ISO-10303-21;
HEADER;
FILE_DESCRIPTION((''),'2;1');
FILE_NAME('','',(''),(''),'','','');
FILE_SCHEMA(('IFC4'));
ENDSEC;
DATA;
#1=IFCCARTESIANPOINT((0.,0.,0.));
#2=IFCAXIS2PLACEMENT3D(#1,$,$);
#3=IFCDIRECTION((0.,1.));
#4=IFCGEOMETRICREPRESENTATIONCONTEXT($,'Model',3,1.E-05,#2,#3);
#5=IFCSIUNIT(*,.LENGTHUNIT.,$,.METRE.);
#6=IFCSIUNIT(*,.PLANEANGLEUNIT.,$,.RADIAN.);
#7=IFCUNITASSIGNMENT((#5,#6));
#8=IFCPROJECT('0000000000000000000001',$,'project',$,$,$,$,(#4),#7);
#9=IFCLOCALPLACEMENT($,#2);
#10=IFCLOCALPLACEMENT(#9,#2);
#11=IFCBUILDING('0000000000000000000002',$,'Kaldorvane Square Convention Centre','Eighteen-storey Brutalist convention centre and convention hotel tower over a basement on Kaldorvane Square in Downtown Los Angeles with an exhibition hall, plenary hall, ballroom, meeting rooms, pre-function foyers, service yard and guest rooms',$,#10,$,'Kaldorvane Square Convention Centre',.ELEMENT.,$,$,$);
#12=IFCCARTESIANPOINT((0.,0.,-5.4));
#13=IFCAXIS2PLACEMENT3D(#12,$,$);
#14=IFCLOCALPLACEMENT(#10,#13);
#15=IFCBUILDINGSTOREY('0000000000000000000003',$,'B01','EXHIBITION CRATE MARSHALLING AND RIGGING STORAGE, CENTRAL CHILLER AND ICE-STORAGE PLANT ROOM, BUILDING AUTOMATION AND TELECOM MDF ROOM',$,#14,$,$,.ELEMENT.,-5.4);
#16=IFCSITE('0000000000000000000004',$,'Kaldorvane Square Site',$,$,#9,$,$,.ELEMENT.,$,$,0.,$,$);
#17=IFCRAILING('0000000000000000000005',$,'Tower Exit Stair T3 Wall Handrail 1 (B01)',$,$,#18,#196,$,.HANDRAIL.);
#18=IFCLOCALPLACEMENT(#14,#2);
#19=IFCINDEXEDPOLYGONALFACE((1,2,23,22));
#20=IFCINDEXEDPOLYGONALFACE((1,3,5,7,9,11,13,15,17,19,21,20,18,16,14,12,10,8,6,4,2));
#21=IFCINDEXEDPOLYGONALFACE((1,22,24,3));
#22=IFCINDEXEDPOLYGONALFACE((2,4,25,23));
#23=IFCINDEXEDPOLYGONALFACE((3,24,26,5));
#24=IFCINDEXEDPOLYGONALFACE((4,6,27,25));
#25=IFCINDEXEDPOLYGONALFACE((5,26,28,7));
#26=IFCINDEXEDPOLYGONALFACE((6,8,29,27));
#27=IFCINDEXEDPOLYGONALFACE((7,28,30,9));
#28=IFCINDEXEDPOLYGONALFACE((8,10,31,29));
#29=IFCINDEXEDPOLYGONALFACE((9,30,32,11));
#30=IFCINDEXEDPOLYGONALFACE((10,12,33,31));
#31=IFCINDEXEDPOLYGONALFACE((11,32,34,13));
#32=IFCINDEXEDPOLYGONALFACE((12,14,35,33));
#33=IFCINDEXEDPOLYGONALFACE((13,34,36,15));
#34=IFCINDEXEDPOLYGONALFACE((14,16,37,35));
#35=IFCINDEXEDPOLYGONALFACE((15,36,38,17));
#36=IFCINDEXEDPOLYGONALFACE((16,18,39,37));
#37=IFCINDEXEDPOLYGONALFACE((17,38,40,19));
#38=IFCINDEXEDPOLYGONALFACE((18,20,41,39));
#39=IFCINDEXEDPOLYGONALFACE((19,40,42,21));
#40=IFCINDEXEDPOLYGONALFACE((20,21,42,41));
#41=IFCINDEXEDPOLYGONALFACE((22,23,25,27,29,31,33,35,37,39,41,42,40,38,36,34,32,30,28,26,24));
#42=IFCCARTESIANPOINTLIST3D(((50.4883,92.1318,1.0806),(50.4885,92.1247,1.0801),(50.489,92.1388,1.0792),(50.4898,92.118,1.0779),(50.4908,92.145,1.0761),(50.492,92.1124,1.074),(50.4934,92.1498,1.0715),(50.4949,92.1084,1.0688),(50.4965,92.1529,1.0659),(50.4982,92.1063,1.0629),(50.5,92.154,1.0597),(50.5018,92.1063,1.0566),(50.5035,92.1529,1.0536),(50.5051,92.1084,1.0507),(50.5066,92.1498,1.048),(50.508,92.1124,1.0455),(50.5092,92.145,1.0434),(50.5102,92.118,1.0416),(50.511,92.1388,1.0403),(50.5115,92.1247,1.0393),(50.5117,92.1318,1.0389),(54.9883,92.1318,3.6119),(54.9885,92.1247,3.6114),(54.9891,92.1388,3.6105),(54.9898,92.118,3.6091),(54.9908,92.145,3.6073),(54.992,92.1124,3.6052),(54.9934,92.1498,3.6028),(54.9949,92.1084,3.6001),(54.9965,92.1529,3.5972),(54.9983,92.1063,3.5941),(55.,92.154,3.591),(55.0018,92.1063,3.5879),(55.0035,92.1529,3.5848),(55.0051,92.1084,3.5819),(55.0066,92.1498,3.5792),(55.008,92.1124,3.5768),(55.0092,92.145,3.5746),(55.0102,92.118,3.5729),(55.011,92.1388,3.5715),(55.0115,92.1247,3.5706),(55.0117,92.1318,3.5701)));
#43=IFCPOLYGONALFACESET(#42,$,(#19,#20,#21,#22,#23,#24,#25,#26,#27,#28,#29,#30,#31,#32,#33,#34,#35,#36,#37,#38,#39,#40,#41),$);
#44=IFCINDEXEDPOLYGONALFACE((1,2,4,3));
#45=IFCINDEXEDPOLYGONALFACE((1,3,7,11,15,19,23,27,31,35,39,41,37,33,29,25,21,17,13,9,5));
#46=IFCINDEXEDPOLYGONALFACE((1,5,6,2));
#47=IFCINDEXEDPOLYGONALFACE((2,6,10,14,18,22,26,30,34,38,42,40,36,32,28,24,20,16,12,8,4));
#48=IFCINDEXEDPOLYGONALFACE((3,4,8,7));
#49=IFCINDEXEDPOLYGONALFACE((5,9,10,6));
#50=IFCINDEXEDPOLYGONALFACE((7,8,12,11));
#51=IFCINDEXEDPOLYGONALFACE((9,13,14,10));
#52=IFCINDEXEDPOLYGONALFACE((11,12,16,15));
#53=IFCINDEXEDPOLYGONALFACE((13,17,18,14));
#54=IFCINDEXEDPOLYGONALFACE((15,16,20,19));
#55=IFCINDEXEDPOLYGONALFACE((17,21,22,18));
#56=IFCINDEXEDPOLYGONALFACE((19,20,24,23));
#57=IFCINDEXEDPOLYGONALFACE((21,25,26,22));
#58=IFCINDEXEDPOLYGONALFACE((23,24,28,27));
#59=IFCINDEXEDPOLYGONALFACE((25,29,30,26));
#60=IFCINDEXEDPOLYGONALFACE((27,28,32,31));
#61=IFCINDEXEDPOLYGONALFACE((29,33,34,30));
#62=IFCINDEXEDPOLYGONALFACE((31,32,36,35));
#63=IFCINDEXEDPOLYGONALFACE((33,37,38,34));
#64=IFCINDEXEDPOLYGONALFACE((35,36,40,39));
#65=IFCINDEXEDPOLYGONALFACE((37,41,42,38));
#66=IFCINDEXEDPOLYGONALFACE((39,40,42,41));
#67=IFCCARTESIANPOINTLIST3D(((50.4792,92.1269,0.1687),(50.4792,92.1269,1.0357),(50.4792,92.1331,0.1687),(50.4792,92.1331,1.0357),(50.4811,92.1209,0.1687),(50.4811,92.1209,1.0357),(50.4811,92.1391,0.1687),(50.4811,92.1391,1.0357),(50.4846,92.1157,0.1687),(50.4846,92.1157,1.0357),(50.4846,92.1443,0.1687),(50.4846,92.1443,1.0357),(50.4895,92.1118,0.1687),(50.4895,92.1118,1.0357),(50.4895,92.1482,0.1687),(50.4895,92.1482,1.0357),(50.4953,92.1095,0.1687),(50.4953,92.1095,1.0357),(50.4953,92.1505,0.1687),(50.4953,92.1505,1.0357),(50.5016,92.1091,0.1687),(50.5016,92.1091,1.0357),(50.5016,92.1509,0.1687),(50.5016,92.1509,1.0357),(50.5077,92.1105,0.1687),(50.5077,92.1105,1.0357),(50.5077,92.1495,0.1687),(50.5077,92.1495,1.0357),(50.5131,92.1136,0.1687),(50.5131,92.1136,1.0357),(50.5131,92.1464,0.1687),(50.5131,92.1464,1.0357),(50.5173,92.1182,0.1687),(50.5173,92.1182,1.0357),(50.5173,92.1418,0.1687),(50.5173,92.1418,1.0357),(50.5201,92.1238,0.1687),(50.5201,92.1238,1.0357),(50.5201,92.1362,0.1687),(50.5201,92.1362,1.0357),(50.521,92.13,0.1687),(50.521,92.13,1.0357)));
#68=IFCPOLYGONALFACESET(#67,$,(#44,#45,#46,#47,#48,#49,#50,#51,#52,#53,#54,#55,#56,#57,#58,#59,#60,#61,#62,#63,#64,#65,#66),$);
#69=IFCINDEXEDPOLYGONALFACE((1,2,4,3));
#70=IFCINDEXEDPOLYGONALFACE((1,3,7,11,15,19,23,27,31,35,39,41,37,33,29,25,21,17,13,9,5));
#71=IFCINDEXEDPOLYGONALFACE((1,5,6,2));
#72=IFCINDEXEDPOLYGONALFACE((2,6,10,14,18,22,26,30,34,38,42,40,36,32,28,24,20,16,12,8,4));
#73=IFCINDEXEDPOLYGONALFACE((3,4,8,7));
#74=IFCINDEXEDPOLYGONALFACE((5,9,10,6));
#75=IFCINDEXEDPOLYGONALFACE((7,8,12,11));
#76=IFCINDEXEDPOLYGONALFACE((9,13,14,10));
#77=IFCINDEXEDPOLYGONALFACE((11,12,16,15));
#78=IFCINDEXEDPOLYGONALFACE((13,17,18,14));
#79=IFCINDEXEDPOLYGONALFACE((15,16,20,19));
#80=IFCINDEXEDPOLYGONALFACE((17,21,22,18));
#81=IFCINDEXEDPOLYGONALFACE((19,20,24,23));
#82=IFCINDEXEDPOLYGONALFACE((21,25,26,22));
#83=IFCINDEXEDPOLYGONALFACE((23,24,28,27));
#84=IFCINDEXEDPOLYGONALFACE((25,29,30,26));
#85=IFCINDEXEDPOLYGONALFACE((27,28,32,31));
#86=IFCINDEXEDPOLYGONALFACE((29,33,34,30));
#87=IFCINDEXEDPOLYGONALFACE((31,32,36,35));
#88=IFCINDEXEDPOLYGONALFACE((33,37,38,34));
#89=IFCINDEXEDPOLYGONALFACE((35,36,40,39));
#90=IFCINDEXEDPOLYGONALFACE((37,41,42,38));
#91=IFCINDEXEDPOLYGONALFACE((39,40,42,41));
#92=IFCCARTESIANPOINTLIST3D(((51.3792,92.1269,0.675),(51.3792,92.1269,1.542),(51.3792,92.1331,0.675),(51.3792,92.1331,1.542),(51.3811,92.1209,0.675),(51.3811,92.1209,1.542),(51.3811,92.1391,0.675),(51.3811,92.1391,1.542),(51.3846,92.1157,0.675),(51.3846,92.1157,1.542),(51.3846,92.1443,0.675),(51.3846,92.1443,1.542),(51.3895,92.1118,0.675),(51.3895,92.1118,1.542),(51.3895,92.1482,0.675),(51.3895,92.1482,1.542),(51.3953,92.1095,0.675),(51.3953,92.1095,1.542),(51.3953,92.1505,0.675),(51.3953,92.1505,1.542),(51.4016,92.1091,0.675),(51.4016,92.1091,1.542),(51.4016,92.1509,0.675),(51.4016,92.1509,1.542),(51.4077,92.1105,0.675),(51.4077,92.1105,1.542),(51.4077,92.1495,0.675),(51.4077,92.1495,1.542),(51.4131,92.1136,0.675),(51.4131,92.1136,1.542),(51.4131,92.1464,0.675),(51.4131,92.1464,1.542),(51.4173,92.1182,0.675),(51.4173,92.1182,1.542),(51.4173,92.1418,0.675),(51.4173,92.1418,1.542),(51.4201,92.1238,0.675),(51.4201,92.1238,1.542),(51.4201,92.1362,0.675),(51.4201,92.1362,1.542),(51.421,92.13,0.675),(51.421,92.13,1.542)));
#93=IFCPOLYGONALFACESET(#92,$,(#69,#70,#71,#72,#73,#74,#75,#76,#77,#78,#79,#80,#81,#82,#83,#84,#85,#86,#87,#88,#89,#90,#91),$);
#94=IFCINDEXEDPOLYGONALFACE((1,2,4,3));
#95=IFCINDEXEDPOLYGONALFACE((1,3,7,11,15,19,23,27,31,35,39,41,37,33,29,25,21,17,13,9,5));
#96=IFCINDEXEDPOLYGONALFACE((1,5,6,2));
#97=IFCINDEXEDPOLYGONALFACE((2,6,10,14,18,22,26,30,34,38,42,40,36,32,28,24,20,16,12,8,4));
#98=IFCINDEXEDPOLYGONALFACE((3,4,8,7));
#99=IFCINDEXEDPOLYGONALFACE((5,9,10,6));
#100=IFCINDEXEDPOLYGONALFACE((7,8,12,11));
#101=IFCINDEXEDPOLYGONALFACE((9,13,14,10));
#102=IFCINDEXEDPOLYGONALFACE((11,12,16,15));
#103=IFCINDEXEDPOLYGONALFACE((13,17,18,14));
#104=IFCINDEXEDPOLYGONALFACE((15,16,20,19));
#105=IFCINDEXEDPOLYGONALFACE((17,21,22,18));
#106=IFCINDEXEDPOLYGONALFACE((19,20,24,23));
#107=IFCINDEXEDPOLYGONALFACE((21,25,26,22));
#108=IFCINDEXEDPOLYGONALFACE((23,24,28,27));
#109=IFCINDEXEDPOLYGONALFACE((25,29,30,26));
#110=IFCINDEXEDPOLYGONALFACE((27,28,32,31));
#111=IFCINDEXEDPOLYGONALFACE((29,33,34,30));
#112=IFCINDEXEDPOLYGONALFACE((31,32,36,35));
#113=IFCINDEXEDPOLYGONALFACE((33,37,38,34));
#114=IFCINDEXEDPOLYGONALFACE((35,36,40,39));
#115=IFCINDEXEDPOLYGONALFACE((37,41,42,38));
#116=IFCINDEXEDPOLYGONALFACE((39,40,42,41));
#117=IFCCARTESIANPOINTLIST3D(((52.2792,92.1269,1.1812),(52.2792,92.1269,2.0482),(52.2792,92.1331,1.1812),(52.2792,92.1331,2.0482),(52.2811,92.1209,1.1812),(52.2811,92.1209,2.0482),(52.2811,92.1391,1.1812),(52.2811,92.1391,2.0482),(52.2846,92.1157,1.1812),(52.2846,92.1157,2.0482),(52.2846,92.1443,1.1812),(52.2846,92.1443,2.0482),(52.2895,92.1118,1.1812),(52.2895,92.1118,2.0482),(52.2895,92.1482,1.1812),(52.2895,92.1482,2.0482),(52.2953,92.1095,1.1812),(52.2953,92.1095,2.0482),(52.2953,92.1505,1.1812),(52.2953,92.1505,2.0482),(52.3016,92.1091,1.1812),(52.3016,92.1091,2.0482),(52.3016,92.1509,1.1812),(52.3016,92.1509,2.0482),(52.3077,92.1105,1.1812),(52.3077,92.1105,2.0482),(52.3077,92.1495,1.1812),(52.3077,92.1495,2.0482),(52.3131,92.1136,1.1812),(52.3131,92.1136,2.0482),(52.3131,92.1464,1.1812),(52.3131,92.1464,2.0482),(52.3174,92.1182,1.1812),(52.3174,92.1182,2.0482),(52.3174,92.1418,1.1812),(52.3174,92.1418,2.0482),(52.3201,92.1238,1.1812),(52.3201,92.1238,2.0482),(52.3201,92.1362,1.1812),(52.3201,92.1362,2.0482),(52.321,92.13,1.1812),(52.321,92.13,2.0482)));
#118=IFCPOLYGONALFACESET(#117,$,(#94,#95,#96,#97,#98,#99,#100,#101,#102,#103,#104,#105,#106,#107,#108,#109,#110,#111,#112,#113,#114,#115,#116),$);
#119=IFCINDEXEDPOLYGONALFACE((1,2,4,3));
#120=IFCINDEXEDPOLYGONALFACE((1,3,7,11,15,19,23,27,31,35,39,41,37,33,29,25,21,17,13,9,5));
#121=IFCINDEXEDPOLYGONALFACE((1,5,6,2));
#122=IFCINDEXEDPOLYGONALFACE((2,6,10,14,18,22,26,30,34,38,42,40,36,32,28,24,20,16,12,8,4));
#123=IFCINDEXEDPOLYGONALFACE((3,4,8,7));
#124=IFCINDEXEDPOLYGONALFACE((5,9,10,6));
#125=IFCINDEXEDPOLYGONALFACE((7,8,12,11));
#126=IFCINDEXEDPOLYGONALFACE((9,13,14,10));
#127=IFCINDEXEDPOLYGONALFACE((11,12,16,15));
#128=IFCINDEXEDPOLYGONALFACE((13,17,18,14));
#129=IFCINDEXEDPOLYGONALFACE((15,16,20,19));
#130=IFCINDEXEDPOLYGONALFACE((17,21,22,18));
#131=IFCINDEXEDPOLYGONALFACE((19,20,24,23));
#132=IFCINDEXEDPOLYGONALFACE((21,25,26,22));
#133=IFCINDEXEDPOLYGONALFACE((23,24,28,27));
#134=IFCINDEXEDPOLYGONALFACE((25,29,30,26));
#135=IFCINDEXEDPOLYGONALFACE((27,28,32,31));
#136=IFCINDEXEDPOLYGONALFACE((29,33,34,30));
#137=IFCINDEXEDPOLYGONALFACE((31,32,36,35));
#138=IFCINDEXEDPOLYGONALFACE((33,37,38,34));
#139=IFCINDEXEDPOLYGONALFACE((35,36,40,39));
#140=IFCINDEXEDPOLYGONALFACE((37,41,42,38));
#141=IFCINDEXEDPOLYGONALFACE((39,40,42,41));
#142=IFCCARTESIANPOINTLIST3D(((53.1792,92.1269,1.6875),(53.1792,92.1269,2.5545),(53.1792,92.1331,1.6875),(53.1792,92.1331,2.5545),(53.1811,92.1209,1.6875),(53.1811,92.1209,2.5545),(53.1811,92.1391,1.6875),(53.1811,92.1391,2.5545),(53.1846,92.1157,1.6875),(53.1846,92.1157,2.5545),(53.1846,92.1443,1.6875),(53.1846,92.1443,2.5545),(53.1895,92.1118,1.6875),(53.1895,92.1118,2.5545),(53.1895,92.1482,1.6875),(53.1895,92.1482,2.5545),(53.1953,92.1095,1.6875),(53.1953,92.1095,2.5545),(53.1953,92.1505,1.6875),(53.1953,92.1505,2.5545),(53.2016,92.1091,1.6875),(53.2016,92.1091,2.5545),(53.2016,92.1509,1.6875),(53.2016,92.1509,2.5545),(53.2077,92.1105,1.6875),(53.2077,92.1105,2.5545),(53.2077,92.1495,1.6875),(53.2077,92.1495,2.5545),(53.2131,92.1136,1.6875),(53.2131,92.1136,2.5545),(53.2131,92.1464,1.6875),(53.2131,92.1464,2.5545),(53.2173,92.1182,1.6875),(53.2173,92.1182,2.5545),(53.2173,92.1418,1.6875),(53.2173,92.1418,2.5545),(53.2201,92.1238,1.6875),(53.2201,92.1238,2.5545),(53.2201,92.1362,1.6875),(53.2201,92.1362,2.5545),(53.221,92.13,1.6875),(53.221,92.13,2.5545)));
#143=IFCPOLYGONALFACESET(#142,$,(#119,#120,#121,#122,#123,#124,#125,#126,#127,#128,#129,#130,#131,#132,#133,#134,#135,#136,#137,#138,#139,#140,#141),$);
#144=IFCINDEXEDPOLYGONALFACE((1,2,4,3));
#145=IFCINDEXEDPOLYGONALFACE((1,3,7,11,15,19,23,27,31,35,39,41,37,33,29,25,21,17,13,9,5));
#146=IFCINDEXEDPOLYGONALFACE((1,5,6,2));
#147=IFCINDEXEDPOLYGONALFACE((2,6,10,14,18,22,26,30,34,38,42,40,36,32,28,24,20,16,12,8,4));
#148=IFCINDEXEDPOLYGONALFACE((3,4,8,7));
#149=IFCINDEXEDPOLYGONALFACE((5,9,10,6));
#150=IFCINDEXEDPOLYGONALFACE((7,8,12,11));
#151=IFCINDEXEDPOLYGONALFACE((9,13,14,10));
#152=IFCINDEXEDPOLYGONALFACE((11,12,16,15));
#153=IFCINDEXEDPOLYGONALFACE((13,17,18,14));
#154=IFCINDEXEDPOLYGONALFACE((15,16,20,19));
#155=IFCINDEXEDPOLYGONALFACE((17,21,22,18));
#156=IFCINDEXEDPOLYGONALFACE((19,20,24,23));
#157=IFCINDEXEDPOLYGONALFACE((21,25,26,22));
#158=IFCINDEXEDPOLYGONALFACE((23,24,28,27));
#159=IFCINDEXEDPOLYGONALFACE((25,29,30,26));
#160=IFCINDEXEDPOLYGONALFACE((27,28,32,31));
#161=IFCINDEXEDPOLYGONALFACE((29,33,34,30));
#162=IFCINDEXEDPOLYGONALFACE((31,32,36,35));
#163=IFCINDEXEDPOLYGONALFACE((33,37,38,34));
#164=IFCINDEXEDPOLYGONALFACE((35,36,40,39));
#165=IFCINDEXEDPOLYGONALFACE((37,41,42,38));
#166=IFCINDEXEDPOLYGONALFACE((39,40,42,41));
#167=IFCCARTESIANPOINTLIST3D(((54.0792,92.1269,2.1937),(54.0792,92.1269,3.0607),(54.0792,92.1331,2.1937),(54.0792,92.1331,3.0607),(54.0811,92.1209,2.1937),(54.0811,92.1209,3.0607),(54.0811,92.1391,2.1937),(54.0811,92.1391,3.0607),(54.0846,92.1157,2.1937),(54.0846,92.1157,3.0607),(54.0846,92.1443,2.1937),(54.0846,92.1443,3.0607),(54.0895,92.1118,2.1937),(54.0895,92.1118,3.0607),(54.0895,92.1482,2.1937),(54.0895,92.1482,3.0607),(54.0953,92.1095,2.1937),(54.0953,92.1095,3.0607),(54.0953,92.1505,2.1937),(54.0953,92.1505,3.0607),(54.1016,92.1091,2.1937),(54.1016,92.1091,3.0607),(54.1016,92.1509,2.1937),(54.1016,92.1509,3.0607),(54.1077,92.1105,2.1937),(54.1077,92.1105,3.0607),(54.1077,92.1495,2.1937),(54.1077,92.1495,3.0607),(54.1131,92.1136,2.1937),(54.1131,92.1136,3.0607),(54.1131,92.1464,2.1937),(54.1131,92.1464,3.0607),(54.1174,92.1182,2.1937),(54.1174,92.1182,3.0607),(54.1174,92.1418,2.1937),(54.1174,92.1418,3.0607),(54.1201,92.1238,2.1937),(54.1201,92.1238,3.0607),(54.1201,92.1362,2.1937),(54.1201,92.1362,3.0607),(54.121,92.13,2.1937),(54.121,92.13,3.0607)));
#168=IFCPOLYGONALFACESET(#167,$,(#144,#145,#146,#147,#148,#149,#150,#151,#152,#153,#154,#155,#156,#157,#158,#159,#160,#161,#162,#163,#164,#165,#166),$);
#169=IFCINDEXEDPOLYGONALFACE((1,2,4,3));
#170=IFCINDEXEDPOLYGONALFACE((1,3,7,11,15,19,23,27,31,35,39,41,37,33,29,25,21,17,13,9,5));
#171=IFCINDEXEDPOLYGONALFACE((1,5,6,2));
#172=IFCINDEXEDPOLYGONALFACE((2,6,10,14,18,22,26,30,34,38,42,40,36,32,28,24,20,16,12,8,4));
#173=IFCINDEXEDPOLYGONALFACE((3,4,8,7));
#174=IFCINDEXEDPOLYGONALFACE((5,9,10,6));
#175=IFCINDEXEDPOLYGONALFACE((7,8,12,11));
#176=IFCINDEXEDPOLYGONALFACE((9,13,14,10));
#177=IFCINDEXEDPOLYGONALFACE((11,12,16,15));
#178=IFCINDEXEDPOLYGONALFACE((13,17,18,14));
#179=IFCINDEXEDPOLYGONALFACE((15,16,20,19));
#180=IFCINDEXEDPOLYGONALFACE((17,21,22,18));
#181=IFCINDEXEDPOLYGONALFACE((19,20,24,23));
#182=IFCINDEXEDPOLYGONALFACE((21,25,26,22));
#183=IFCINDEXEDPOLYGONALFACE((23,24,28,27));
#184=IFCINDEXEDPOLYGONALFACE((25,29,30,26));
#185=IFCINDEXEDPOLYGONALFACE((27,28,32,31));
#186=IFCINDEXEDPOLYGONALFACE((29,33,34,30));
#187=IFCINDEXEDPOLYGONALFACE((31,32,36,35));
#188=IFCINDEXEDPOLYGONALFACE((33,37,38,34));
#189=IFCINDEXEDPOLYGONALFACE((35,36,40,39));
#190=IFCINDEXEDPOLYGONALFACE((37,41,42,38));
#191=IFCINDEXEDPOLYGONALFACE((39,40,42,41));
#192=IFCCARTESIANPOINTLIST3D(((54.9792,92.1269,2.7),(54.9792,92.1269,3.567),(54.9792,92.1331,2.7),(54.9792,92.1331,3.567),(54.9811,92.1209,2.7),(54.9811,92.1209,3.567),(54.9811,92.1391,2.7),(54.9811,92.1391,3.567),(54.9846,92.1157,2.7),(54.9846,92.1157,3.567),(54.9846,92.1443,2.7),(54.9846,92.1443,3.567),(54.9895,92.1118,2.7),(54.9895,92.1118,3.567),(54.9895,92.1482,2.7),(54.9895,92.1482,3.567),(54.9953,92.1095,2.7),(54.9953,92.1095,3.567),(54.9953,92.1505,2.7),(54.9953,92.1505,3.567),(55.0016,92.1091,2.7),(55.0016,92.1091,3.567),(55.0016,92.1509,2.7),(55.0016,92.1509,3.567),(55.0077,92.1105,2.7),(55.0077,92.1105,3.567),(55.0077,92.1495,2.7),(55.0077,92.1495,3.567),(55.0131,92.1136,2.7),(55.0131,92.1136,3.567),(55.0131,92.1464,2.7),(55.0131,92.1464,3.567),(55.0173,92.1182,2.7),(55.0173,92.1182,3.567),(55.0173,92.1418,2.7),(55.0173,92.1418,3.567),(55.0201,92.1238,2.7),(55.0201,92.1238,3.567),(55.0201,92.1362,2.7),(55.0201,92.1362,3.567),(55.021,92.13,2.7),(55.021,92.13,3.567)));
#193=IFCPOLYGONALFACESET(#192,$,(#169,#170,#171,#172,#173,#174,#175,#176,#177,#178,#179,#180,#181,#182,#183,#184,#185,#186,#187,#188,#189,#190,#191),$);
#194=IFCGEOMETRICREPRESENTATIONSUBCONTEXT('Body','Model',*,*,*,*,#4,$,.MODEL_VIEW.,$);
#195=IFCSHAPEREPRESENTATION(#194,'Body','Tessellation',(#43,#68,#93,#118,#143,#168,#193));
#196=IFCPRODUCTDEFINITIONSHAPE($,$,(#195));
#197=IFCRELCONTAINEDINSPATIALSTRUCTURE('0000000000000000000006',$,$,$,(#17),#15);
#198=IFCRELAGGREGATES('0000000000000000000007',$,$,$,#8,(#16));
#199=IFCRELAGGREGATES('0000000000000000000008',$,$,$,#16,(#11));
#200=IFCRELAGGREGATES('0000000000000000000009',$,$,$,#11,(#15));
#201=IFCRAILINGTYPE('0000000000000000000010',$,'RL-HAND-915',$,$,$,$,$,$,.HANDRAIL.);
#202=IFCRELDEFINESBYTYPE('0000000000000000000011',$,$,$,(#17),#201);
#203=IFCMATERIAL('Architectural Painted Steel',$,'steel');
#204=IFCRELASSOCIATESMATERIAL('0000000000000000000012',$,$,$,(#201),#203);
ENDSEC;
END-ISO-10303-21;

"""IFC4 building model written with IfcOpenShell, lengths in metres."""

from ifc_helpers import new_model, si_unit, direction, frame, origin, origin_2d, place, context, subcontext, project, spatial, circle, extrude, material, type_object, element, save


model = new_model("IFC4")

# Units and contexts
model_context = context("Model", 3, precision=1e-05, world=origin(), true_north=direction((0.0, 1.0)))
body_context = subcontext(model_context, "Body", "Model", "MODEL_VIEW")
ifc_project = project(units=[si_unit("LENGTHUNIT", "METRE"), si_unit("PLANEANGLEUNIT", "RADIAN")], contexts=[model_context])

# Site, building, storey
site_placement = place(None, origin())
site = spatial("IfcSite", under=ifc_project, at=site_placement, Name="Kaldorvane Square Site", CompositionType="ELEMENT", RefElevation=0.0)
building_placement = place(site_placement, origin())
building = spatial("IfcBuilding", under=site, at=building_placement, Name="Kaldorvane Square Convention Centre", Description="Eighteen-storey Brutalist convention centre and convention hotel tower over a basement on Kaldorvane Square in Downtown Los Angeles with an exhibition hall, plenary hall, ballroom, meeting rooms, pre-function foyers, service yard and guest rooms", LongName="Kaldorvane Square Convention Centre", CompositionType="ELEMENT")
storey_placement = place(building_placement, frame((0.0, 0.0, -5.4)))
storey = spatial("IfcBuildingStorey", under=building, at=storey_placement, Name="B01", Description="EXHIBITION CRATE MARSHALLING AND RIGGING STORAGE, CENTRAL CHILLER AND ICE-STORAGE PLANT ROOM, BUILDING AUTOMATION AND TELECOM MDF ROOM", CompositionType="ELEMENT", Elevation=-5.4)

# Railing
ifc_material_1 = material(Name="Architectural Painted Steel", Category="steel")
railing_type_1 = type_object("IfcRailingType", Name="RL-HAND-915", PredefinedType="HANDRAIL", material=ifc_material_1)
railing_1_placement = place(storey_placement, frame((50.5, 92.13, 0.1687)))
element("IfcRailing", 1, at=railing_1_placement, inside=storey, type_object=railing_type_1, Name="Tower Exit Stair T3 Wall Handrail 1 (B01)", PredefinedType="HANDRAIL", context=body_context, shape_type="SweptSolid", body=[
    extrude(circle(Radius=0.024, at=origin_2d()), frame((0.0, 0.0, 0.891), z_axis=(0.871576, 0.0, 0.490261), x_axis=(0.0, 1.0, 0.0)), (0.0, 0.0, 1.0), 5.1631),
    extrude(circle(Radius=0.021, at=origin_2d()), origin(), (0.0, 0.0, 1.0), 0.867),
    extrude(circle(Radius=0.021, at=origin_2d()), frame((0.9, 0.0, 0.5063)), (0.0, 0.0, 1.0), 0.867),
    extrude(circle(Radius=0.021, at=origin_2d()), frame((1.8, 0.0, 1.0125)), (0.0, 0.0, 1.0), 0.867),
    extrude(circle(Radius=0.021, at=origin_2d()), frame((2.7, 0.0, 1.5188)), (0.0, 0.0, 1.0), 0.867),
    extrude(circle(Radius=0.021, at=origin_2d()), frame((3.6, 0.0, 2.025)), (0.0, 0.0, 1.0), 0.867),
    extrude(circle(Radius=0.021, at=origin_2d()), frame((4.5, 0.0, 2.5312)), (0.0, 0.0, 1.0), 0.867),
])

save(model, "model.ifc")
